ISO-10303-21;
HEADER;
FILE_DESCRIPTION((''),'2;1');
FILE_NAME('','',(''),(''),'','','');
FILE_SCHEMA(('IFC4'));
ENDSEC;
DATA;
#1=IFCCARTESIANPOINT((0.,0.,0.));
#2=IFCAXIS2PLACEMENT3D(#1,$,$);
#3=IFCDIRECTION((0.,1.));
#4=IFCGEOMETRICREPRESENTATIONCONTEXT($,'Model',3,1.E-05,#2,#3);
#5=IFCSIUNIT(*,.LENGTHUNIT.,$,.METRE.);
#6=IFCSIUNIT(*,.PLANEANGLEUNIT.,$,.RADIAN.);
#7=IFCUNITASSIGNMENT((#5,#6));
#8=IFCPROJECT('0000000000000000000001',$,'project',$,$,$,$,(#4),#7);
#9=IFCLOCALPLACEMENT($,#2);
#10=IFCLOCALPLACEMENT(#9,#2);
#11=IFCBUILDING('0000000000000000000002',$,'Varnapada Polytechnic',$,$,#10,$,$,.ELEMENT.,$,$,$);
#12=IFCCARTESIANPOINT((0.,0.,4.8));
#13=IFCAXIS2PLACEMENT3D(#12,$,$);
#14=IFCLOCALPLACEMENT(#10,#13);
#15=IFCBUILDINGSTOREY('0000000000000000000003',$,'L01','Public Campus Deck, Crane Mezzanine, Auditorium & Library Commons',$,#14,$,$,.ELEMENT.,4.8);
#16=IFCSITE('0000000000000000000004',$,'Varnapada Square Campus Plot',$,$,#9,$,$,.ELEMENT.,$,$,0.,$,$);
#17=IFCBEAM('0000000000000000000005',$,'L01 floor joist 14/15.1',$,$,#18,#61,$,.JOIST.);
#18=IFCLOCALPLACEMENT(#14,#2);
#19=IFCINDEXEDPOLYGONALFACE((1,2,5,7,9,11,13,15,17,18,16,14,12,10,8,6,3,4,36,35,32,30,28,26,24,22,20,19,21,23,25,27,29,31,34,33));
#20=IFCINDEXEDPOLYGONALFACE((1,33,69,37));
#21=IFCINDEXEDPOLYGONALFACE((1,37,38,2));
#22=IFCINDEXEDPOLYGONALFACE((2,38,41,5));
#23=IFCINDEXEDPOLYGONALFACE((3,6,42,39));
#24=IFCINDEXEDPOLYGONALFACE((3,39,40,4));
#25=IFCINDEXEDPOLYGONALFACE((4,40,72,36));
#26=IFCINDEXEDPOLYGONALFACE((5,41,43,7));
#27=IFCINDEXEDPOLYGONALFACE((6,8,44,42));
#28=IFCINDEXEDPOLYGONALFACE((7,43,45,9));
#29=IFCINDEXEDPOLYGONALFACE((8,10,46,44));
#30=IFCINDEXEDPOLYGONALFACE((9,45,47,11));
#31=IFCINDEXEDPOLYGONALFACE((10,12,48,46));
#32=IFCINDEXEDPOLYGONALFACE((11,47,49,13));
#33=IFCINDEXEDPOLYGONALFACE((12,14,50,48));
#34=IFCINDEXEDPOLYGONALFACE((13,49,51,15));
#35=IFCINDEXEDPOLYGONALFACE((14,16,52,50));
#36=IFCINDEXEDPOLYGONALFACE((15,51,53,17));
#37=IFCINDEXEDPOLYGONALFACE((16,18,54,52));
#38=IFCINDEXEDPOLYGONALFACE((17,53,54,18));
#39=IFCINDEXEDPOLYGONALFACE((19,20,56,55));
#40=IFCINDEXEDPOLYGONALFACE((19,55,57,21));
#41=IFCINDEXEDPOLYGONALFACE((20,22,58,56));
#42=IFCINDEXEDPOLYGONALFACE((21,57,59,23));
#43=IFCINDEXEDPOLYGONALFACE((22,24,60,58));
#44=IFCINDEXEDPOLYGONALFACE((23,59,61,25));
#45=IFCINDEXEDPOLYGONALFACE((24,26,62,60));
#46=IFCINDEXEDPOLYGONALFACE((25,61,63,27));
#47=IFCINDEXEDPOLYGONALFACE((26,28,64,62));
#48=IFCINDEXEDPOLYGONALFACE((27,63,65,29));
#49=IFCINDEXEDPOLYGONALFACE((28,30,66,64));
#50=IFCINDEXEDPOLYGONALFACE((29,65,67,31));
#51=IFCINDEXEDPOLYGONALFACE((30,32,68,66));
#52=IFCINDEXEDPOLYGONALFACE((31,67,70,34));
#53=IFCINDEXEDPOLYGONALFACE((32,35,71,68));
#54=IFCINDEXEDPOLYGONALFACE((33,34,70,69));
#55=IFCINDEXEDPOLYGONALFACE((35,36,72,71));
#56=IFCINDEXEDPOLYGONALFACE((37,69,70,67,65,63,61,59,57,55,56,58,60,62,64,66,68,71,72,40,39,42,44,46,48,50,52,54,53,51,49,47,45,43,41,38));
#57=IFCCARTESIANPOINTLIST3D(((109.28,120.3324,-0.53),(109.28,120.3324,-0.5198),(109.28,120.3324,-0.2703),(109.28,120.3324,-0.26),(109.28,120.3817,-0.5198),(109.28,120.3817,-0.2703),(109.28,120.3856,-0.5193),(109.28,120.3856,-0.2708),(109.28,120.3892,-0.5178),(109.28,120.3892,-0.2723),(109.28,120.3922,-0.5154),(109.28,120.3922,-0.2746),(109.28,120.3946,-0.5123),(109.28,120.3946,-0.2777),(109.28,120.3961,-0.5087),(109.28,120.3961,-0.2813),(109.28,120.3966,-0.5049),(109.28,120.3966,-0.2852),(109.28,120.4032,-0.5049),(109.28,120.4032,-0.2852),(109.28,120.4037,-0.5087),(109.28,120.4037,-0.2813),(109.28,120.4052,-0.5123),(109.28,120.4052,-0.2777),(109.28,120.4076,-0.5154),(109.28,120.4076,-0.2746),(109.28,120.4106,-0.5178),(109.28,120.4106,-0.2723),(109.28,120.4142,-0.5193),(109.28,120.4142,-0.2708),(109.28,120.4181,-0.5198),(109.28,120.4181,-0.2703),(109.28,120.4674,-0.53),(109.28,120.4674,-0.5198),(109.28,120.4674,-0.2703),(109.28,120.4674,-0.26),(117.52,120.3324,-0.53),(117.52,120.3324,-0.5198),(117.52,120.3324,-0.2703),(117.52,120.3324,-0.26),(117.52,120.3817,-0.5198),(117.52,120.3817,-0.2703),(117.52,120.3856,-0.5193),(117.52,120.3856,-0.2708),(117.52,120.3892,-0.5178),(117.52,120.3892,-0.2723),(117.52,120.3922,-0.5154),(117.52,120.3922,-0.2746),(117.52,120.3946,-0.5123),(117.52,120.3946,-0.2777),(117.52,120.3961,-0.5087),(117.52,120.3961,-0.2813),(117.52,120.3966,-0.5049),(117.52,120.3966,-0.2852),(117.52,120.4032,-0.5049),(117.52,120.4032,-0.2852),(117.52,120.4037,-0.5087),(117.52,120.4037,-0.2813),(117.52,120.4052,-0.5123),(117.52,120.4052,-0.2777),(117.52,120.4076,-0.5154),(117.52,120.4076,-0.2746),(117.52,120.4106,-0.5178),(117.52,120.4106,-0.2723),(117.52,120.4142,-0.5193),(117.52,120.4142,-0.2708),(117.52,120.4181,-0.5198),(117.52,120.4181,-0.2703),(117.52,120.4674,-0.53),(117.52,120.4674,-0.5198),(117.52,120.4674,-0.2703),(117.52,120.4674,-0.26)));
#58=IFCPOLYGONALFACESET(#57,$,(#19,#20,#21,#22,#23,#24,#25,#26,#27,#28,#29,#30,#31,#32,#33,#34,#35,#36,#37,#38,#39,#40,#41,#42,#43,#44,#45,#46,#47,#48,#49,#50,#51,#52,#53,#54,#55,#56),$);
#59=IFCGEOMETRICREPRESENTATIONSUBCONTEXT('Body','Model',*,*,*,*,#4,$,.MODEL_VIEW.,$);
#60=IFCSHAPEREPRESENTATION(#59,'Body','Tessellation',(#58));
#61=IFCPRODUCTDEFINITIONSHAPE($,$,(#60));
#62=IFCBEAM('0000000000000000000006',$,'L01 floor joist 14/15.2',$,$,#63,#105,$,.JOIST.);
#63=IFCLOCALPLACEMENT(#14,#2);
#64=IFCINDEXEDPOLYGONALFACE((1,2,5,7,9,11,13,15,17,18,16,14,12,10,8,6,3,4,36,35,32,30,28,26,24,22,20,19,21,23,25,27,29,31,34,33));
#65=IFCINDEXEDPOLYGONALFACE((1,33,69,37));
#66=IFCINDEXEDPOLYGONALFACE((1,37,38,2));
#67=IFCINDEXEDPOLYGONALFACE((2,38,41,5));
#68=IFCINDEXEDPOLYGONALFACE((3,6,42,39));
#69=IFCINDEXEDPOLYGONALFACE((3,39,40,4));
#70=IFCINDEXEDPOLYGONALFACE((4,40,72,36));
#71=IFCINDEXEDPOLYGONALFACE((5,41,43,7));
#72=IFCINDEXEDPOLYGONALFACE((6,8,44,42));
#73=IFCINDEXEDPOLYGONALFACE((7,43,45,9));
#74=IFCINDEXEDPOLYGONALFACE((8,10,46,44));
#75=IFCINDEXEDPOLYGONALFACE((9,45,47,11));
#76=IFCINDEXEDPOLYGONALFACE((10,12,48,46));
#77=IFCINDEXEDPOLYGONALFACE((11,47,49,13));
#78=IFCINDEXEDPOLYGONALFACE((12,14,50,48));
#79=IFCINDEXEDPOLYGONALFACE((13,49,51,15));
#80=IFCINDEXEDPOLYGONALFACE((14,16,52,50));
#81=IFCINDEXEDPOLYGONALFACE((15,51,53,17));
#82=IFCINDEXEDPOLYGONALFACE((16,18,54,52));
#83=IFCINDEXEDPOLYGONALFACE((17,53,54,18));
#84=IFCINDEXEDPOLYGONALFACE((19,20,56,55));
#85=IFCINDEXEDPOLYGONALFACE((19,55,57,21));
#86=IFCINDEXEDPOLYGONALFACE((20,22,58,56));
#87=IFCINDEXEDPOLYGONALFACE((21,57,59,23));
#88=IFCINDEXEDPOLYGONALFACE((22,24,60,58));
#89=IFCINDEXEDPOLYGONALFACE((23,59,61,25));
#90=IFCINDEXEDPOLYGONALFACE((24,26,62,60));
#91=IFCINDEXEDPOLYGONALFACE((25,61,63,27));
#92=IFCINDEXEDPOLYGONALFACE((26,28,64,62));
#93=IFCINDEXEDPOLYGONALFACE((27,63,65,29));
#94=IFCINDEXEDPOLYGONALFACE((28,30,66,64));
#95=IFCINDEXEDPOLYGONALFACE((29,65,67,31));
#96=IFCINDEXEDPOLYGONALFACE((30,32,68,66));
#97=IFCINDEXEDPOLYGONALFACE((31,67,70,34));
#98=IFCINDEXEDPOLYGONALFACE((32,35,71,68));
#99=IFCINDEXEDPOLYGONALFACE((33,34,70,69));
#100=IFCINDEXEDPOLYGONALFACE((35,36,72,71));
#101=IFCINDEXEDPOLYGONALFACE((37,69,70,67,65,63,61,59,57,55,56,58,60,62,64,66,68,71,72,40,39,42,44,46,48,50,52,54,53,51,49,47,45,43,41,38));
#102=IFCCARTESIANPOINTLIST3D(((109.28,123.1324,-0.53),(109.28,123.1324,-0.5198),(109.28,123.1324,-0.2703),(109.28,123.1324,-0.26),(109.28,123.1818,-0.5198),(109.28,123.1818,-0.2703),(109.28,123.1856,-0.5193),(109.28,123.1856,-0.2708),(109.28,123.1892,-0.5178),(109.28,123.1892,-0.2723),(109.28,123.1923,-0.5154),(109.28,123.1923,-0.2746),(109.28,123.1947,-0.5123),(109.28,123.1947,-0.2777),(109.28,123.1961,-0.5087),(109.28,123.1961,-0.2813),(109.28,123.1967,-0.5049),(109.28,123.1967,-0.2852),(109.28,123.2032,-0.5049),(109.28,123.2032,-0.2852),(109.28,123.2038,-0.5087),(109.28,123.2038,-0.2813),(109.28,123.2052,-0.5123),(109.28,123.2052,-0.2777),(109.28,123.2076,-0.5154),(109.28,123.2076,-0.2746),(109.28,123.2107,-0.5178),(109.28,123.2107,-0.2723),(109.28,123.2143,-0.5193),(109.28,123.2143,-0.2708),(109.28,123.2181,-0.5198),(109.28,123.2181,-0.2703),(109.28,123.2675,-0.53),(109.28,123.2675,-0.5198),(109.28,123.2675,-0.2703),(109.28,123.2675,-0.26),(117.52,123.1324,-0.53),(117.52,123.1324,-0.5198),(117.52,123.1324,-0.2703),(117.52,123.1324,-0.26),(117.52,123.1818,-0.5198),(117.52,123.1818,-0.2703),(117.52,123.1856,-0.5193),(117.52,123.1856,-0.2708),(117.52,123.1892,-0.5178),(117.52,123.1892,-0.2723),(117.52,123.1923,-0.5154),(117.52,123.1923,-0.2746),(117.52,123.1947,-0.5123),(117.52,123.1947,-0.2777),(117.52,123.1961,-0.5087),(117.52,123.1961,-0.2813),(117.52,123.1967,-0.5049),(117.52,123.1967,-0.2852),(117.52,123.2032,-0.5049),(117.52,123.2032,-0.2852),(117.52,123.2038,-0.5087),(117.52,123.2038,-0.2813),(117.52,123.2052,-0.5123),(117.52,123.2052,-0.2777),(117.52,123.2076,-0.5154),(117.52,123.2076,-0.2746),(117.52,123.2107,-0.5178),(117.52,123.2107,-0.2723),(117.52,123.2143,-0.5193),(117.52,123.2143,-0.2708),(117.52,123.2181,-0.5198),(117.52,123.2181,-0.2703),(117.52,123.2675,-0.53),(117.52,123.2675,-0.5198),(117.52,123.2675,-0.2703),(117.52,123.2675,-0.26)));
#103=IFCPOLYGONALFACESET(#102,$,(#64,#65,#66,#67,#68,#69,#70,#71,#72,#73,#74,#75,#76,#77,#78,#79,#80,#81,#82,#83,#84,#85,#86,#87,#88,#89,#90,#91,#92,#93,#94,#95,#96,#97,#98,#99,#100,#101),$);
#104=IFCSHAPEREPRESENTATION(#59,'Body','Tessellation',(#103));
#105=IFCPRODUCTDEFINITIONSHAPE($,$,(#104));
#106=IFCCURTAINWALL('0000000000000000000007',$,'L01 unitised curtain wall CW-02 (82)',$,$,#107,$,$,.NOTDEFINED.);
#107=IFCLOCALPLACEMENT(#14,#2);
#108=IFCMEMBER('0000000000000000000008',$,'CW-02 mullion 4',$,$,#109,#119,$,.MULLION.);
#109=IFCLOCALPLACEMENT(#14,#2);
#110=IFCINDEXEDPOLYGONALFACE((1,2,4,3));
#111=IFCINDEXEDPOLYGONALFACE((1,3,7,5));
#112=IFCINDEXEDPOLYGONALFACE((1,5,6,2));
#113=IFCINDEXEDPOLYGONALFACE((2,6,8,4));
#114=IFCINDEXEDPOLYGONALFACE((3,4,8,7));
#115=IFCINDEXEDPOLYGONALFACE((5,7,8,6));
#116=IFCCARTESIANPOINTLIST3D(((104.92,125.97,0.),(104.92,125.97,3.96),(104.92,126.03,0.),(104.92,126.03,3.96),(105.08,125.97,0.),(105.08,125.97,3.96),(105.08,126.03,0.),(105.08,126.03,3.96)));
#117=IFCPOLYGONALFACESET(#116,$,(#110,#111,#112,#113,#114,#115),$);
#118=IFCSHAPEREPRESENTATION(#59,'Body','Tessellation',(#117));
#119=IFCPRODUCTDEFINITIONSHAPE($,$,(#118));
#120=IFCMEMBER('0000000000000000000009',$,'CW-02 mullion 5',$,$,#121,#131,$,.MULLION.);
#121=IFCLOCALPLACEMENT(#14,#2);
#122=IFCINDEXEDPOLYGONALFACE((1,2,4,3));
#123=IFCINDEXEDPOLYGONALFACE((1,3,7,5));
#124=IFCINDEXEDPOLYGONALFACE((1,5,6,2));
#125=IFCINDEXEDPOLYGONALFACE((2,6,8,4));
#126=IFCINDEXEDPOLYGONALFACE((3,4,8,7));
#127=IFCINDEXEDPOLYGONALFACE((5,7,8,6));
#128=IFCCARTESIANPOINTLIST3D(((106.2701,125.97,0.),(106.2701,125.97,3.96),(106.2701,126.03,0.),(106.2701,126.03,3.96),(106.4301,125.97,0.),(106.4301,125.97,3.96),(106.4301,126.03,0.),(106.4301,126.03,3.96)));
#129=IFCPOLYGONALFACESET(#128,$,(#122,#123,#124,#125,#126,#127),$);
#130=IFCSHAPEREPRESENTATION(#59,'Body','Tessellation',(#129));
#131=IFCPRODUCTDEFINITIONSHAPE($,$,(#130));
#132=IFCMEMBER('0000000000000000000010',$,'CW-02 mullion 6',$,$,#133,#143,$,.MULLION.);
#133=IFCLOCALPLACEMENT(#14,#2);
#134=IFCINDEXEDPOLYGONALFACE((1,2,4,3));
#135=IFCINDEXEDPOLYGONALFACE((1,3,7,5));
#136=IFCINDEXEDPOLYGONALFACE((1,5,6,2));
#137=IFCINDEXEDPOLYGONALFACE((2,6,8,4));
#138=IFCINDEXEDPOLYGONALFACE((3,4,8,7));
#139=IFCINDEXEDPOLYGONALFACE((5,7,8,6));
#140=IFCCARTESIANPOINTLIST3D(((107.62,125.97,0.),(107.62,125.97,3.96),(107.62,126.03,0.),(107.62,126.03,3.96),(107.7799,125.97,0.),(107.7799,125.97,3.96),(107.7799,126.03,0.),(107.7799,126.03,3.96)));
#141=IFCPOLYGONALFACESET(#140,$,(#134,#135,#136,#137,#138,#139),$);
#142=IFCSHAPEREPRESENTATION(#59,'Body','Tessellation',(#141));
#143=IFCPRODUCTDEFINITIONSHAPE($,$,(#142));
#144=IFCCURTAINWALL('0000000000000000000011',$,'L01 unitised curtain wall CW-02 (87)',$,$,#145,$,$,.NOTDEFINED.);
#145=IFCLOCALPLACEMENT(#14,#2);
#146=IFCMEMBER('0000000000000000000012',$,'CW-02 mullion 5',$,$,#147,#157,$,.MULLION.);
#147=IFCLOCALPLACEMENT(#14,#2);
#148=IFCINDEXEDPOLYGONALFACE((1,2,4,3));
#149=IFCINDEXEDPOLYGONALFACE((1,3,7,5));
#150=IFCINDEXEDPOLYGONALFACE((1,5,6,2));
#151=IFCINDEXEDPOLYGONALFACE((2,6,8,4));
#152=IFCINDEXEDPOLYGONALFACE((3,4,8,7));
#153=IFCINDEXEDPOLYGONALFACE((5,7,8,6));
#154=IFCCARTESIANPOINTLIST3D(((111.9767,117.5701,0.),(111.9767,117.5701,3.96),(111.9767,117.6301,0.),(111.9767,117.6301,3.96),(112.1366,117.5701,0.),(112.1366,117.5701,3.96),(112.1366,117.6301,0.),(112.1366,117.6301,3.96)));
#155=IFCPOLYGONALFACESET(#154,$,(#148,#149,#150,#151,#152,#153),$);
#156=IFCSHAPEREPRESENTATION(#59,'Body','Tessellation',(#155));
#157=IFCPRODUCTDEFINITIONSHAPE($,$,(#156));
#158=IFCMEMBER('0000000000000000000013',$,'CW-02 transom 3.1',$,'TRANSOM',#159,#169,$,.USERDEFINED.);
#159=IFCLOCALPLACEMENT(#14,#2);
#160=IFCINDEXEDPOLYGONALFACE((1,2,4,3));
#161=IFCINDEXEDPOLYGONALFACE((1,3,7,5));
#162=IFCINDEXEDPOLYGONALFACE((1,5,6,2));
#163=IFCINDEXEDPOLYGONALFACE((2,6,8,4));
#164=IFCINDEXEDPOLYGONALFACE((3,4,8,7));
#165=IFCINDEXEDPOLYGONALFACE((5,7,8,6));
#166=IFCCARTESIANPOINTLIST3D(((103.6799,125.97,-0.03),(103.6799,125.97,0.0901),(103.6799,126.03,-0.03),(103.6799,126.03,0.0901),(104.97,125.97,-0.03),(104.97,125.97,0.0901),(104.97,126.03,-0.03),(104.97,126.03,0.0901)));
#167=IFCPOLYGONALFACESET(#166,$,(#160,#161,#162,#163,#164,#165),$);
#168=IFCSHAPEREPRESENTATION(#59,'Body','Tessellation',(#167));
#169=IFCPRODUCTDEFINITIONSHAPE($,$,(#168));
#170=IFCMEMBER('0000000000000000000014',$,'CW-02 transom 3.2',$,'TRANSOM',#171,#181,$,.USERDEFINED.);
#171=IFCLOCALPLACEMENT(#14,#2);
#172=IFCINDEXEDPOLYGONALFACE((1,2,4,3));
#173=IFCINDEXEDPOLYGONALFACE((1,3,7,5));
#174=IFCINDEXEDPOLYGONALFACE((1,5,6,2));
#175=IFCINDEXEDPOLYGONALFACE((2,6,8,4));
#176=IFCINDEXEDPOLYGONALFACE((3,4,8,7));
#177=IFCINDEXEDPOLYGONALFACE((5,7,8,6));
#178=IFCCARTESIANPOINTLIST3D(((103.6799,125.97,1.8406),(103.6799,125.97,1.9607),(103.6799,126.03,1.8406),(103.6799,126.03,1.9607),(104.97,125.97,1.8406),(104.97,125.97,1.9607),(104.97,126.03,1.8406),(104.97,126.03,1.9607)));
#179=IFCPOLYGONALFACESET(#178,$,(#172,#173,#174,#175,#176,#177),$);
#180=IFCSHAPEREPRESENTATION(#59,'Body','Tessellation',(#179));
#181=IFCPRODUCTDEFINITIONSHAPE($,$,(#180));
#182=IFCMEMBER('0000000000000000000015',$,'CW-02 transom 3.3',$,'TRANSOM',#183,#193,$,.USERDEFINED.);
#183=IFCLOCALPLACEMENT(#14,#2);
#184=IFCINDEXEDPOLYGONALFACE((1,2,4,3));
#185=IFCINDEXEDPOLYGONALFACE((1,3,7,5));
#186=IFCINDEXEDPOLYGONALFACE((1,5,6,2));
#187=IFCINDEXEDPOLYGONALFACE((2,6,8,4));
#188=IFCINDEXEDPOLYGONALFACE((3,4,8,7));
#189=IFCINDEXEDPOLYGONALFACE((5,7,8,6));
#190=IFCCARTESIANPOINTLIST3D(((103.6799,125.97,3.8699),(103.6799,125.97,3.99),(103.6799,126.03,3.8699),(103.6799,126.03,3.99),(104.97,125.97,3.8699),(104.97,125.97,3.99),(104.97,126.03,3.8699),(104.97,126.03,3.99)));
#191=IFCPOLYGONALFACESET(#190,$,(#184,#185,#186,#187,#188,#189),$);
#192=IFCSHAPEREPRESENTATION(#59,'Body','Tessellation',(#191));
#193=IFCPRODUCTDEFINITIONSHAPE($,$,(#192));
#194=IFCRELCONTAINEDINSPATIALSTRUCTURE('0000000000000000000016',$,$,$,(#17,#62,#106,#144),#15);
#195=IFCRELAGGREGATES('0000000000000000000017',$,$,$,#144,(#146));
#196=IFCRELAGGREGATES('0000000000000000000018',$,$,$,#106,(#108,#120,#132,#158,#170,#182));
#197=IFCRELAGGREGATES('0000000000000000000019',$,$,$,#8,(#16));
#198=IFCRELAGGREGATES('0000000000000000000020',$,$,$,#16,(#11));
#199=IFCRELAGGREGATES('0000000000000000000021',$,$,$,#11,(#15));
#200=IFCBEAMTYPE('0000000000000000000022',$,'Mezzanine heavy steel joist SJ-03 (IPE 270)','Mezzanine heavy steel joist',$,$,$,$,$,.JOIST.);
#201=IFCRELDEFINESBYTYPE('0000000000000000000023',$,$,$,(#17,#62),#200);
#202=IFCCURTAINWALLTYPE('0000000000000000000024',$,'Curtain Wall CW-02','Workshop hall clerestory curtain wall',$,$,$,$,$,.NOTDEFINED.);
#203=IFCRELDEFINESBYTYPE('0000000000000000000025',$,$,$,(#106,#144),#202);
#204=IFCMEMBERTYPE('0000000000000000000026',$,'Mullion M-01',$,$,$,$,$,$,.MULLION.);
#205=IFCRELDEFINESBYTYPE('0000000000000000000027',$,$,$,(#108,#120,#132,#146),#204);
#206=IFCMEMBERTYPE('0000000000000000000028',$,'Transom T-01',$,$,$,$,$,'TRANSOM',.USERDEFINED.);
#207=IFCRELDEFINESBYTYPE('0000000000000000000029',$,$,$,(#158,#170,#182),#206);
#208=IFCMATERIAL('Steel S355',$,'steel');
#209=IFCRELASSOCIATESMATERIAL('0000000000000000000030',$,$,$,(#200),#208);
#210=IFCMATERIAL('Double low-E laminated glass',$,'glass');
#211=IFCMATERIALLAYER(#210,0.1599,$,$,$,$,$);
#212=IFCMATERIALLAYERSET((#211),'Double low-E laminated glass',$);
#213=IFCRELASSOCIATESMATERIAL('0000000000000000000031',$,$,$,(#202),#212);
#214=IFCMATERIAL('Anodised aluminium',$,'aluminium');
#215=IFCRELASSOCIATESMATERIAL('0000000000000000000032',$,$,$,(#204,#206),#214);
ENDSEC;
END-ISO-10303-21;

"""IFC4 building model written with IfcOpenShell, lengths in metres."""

from ifc_helpers import new_model, si_unit, direction, frame, origin, origin_2d, place, context, subcontext, project, spatial, rectangle, i_section, extrude, material, layer, layer_set, material_profile, profile_set, type_object, element, aggregate, save


model = new_model("IFC4")

# Units and contexts
model_context = context("Model", 3, precision=1e-05, world=origin(), true_north=direction((0.0, 1.0)))
body_context = subcontext(model_context, "Body", "Model", "MODEL_VIEW")
ifc_project = project(units=[si_unit("LENGTHUNIT", "METRE"), si_unit("PLANEANGLEUNIT", "RADIAN")], contexts=[model_context])

# Site, building, storey
site_placement = place(None, origin())
site = spatial("IfcSite", under=ifc_project, at=site_placement, Name="Varnapada Square Campus Plot", CompositionType="ELEMENT", RefElevation=0.0)
building_placement = place(site_placement, origin())
building = spatial("IfcBuilding", under=site, at=building_placement, Name="Varnapada Polytechnic", CompositionType="ELEMENT")
storey_placement = place(building_placement, frame((0.0, 0.0, 4.8)))
storey = spatial("IfcBuildingStorey", under=building, at=storey_placement, Name="L01", Description="Public Campus Deck, Crane Mezzanine, Auditorium & Library Commons", CompositionType="ELEMENT", Elevation=4.8)

# Beams
ifc_material_1 = material(Name="Steel S355", Category="steel")
ifc_material_profile_1 = material_profile(ifc_material_1, i_section(OverallWidth=0.135, OverallDepth=0.27, WebThickness=0.0066, FlangeThickness=0.0103, FilletRadius=0.0149, at=origin_2d()), Name="IPE 270")
ifc_profile_set_1 = profile_set([ifc_material_profile_1], Name="Steel S355")
beam_type = type_object("IfcBeamType", Name="Mezzanine heavy steel joist SJ-03 (IPE 270)", Description="Mezzanine heavy steel joist", PredefinedType="JOIST", material=ifc_profile_set_1)
for number, where, z_axis, x_axis, name in (
    (1, (109.28, 120.3999, -0.395), (1.0, 0.0, 0.0), (0.0, 1.0, 0.0), "L01 floor joist 14/15.1"),
    (2, (109.28, 123.2, -0.395), (1.0, 0.0, 0.0), (0.0, 1.0, 0.0), "L01 floor joist 14/15.2"),
):
    element("IfcBeam", number, at=place(storey_placement, frame(where, z_axis=z_axis, x_axis=x_axis)), inside=storey, type_object=beam_type, Name=name, PredefinedType="JOIST", context=body_context, shape_type="SweptSolid", body=[
        extrude(i_section(OverallWidth=0.135, OverallDepth=0.27, WebThickness=0.0066, FlangeThickness=0.0103, FilletRadius=0.0149, at=origin_2d()), origin(), (0.0, 0.0, 1.0), 8.24),
    ])

# Curtain wall, members
ifc_material_2 = material(Name="Double low-E laminated glass", Category="glass")
ifc_layer_1 = layer(ifc_material_2, 0.1599)
ifc_layer_set_1 = layer_set([ifc_layer_1], Name="Double low-E laminated glass")
curtain_wall_type = type_object("IfcCurtainWallType", Name="Curtain Wall CW-02", Description="Workshop hall clerestory curtain wall", PredefinedType="NOTDEFINED", material=ifc_layer_set_1)
curtain_wall_1_placement = place(storey_placement, origin())
curtain_wall_1 = element("IfcCurtainWall", 3, at=curtain_wall_1_placement, inside=storey, type_object=curtain_wall_type, Name="L01 unitised curtain wall CW-02 (82)", PredefinedType="NOTDEFINED")
ifc_material_3 = material(Name="Anodised aluminium", Category="aluminium")
ifc_material_profile_2 = material_profile(ifc_material_3, rectangle(XDim=0.0601, YDim=0.1599, at=origin_2d()), Name="ALU M60x160")
ifc_profile_set_2 = profile_set([ifc_material_profile_2], Name="Anodised aluminium")
member_type_1 = type_object("IfcMemberType", Name="Mullion M-01", PredefinedType="MULLION", material=ifc_profile_set_2)
member_1_placement = place(storey_placement, frame((105.0, 126.0, 0.0), z_axis=(0.0, 0.0, 1.0), x_axis=(0.0, 1.0, 0.0)))
member_1 = element("IfcMember", 4, at=member_1_placement, type_object=member_type_1, Name="CW-02 mullion 4", PredefinedType="MULLION", context=body_context, shape_type="SweptSolid", body=[
    extrude(rectangle(XDim=0.0601, YDim=0.1599, at=origin_2d()), origin(), (0.0, 0.0, 1.0), 3.96),
])
member_2_placement = place(storey_placement, frame((106.3501, 126.0, 0.0), z_axis=(0.0, 0.0, 1.0), x_axis=(0.0, 1.0, 0.0)))
member_2 = element("IfcMember", 5, at=member_2_placement, type_object=member_type_1, Name="CW-02 mullion 5", PredefinedType="MULLION", context=body_context, shape_type="SweptSolid", body=[
    extrude(rectangle(XDim=0.0601, YDim=0.1599, at=origin_2d()), origin(), (0.0, 0.0, 1.0), 3.96),
])
member_3_placement = place(storey_placement, frame((107.7, 126.0, 0.0), z_axis=(0.0, 0.0, 1.0), x_axis=(0.0, 1.0, 0.0)))
member_3 = element("IfcMember", 6, at=member_3_placement, type_object=member_type_1, Name="CW-02 mullion 6", PredefinedType="MULLION", context=body_context, shape_type="SweptSolid", body=[
    extrude(rectangle(XDim=0.0601, YDim=0.1599, at=origin_2d()), origin(), (0.0, 0.0, 1.0), 3.96),
])

# Curtain wall, member
curtain_wall_2_placement = place(storey_placement, origin())
curtain_wall_2 = element("IfcCurtainWall", 7, at=curtain_wall_2_placement, inside=storey, type_object=curtain_wall_type, Name="L01 unitised curtain wall CW-02 (87)", PredefinedType="NOTDEFINED")
member_4_placement = place(storey_placement, frame((112.0566, 117.6001, 0.0), z_axis=(0.0, 0.0, 1.0), x_axis=(0.0, -1.0, 0.0)))
member_4 = element("IfcMember", 8, at=member_4_placement, type_object=member_type_1, Name="CW-02 mullion 5", PredefinedType="MULLION", context=body_context, shape_type="SweptSolid", body=[
    extrude(rectangle(XDim=0.0601, YDim=0.1599, at=origin_2d()), origin(), (0.0, 0.0, 1.0), 3.96),
])

# Members
ifc_material_profile_3 = material_profile(ifc_material_3, rectangle(XDim=0.0601, YDim=0.1201, at=origin_2d()), Name="ALU T60x120")
ifc_profile_set_3 = profile_set([ifc_material_profile_3], Name="Anodised aluminium")
member_type_2 = type_object("IfcMemberType", Name="Transom T-01", ElementType="TRANSOM", PredefinedType="USERDEFINED", material=ifc_profile_set_3)
member_5_placement = place(storey_placement, frame((103.6799, 126.0, 0.03), z_axis=(1.0, 0.0, 0.0), x_axis=(0.0, 1.0, 0.0)))
member_5 = element("IfcMember", 9, at=member_5_placement, type_object=member_type_2, Name="CW-02 transom 3.1", ObjectType="TRANSOM", PredefinedType="USERDEFINED", context=body_context, shape_type="SweptSolid", body=[
    extrude(rectangle(XDim=0.0601, YDim=0.1201, at=origin_2d()), origin(), (0.0, 0.0, 1.0), 1.29),
])
member_6_placement = place(storey_placement, frame((103.6799, 126.0, 1.9006), z_axis=(1.0, 0.0, 0.0), x_axis=(0.0, 1.0, 0.0)))
member_6 = element("IfcMember", 10, at=member_6_placement, type_object=member_type_2, Name="CW-02 transom 3.2", ObjectType="TRANSOM", PredefinedType="USERDEFINED", context=body_context, shape_type="SweptSolid", body=[
    extrude(rectangle(XDim=0.0601, YDim=0.1201, at=origin_2d()), origin(), (0.0, 0.0, 1.0), 1.29),
])
member_7_placement = place(storey_placement, frame((103.6799, 126.0, 3.9299), z_axis=(1.0, 0.0, 0.0), x_axis=(0.0, 1.0, 0.0)))
member_7 = element("IfcMember", 11, at=member_7_placement, type_object=member_type_2, Name="CW-02 transom 3.3", ObjectType="TRANSOM", PredefinedType="USERDEFINED", context=body_context, shape_type="SweptSolid", body=[
    extrude(rectangle(XDim=0.0601, YDim=0.1201, at=origin_2d()), origin(), (0.0, 0.0, 1.0), 1.29),
])
aggregate(curtain_wall_2, [member_4])

aggregate(curtain_wall_1, [member_1, member_2, member_3, member_5, member_6, member_7])

save(model, "model.ifc")
